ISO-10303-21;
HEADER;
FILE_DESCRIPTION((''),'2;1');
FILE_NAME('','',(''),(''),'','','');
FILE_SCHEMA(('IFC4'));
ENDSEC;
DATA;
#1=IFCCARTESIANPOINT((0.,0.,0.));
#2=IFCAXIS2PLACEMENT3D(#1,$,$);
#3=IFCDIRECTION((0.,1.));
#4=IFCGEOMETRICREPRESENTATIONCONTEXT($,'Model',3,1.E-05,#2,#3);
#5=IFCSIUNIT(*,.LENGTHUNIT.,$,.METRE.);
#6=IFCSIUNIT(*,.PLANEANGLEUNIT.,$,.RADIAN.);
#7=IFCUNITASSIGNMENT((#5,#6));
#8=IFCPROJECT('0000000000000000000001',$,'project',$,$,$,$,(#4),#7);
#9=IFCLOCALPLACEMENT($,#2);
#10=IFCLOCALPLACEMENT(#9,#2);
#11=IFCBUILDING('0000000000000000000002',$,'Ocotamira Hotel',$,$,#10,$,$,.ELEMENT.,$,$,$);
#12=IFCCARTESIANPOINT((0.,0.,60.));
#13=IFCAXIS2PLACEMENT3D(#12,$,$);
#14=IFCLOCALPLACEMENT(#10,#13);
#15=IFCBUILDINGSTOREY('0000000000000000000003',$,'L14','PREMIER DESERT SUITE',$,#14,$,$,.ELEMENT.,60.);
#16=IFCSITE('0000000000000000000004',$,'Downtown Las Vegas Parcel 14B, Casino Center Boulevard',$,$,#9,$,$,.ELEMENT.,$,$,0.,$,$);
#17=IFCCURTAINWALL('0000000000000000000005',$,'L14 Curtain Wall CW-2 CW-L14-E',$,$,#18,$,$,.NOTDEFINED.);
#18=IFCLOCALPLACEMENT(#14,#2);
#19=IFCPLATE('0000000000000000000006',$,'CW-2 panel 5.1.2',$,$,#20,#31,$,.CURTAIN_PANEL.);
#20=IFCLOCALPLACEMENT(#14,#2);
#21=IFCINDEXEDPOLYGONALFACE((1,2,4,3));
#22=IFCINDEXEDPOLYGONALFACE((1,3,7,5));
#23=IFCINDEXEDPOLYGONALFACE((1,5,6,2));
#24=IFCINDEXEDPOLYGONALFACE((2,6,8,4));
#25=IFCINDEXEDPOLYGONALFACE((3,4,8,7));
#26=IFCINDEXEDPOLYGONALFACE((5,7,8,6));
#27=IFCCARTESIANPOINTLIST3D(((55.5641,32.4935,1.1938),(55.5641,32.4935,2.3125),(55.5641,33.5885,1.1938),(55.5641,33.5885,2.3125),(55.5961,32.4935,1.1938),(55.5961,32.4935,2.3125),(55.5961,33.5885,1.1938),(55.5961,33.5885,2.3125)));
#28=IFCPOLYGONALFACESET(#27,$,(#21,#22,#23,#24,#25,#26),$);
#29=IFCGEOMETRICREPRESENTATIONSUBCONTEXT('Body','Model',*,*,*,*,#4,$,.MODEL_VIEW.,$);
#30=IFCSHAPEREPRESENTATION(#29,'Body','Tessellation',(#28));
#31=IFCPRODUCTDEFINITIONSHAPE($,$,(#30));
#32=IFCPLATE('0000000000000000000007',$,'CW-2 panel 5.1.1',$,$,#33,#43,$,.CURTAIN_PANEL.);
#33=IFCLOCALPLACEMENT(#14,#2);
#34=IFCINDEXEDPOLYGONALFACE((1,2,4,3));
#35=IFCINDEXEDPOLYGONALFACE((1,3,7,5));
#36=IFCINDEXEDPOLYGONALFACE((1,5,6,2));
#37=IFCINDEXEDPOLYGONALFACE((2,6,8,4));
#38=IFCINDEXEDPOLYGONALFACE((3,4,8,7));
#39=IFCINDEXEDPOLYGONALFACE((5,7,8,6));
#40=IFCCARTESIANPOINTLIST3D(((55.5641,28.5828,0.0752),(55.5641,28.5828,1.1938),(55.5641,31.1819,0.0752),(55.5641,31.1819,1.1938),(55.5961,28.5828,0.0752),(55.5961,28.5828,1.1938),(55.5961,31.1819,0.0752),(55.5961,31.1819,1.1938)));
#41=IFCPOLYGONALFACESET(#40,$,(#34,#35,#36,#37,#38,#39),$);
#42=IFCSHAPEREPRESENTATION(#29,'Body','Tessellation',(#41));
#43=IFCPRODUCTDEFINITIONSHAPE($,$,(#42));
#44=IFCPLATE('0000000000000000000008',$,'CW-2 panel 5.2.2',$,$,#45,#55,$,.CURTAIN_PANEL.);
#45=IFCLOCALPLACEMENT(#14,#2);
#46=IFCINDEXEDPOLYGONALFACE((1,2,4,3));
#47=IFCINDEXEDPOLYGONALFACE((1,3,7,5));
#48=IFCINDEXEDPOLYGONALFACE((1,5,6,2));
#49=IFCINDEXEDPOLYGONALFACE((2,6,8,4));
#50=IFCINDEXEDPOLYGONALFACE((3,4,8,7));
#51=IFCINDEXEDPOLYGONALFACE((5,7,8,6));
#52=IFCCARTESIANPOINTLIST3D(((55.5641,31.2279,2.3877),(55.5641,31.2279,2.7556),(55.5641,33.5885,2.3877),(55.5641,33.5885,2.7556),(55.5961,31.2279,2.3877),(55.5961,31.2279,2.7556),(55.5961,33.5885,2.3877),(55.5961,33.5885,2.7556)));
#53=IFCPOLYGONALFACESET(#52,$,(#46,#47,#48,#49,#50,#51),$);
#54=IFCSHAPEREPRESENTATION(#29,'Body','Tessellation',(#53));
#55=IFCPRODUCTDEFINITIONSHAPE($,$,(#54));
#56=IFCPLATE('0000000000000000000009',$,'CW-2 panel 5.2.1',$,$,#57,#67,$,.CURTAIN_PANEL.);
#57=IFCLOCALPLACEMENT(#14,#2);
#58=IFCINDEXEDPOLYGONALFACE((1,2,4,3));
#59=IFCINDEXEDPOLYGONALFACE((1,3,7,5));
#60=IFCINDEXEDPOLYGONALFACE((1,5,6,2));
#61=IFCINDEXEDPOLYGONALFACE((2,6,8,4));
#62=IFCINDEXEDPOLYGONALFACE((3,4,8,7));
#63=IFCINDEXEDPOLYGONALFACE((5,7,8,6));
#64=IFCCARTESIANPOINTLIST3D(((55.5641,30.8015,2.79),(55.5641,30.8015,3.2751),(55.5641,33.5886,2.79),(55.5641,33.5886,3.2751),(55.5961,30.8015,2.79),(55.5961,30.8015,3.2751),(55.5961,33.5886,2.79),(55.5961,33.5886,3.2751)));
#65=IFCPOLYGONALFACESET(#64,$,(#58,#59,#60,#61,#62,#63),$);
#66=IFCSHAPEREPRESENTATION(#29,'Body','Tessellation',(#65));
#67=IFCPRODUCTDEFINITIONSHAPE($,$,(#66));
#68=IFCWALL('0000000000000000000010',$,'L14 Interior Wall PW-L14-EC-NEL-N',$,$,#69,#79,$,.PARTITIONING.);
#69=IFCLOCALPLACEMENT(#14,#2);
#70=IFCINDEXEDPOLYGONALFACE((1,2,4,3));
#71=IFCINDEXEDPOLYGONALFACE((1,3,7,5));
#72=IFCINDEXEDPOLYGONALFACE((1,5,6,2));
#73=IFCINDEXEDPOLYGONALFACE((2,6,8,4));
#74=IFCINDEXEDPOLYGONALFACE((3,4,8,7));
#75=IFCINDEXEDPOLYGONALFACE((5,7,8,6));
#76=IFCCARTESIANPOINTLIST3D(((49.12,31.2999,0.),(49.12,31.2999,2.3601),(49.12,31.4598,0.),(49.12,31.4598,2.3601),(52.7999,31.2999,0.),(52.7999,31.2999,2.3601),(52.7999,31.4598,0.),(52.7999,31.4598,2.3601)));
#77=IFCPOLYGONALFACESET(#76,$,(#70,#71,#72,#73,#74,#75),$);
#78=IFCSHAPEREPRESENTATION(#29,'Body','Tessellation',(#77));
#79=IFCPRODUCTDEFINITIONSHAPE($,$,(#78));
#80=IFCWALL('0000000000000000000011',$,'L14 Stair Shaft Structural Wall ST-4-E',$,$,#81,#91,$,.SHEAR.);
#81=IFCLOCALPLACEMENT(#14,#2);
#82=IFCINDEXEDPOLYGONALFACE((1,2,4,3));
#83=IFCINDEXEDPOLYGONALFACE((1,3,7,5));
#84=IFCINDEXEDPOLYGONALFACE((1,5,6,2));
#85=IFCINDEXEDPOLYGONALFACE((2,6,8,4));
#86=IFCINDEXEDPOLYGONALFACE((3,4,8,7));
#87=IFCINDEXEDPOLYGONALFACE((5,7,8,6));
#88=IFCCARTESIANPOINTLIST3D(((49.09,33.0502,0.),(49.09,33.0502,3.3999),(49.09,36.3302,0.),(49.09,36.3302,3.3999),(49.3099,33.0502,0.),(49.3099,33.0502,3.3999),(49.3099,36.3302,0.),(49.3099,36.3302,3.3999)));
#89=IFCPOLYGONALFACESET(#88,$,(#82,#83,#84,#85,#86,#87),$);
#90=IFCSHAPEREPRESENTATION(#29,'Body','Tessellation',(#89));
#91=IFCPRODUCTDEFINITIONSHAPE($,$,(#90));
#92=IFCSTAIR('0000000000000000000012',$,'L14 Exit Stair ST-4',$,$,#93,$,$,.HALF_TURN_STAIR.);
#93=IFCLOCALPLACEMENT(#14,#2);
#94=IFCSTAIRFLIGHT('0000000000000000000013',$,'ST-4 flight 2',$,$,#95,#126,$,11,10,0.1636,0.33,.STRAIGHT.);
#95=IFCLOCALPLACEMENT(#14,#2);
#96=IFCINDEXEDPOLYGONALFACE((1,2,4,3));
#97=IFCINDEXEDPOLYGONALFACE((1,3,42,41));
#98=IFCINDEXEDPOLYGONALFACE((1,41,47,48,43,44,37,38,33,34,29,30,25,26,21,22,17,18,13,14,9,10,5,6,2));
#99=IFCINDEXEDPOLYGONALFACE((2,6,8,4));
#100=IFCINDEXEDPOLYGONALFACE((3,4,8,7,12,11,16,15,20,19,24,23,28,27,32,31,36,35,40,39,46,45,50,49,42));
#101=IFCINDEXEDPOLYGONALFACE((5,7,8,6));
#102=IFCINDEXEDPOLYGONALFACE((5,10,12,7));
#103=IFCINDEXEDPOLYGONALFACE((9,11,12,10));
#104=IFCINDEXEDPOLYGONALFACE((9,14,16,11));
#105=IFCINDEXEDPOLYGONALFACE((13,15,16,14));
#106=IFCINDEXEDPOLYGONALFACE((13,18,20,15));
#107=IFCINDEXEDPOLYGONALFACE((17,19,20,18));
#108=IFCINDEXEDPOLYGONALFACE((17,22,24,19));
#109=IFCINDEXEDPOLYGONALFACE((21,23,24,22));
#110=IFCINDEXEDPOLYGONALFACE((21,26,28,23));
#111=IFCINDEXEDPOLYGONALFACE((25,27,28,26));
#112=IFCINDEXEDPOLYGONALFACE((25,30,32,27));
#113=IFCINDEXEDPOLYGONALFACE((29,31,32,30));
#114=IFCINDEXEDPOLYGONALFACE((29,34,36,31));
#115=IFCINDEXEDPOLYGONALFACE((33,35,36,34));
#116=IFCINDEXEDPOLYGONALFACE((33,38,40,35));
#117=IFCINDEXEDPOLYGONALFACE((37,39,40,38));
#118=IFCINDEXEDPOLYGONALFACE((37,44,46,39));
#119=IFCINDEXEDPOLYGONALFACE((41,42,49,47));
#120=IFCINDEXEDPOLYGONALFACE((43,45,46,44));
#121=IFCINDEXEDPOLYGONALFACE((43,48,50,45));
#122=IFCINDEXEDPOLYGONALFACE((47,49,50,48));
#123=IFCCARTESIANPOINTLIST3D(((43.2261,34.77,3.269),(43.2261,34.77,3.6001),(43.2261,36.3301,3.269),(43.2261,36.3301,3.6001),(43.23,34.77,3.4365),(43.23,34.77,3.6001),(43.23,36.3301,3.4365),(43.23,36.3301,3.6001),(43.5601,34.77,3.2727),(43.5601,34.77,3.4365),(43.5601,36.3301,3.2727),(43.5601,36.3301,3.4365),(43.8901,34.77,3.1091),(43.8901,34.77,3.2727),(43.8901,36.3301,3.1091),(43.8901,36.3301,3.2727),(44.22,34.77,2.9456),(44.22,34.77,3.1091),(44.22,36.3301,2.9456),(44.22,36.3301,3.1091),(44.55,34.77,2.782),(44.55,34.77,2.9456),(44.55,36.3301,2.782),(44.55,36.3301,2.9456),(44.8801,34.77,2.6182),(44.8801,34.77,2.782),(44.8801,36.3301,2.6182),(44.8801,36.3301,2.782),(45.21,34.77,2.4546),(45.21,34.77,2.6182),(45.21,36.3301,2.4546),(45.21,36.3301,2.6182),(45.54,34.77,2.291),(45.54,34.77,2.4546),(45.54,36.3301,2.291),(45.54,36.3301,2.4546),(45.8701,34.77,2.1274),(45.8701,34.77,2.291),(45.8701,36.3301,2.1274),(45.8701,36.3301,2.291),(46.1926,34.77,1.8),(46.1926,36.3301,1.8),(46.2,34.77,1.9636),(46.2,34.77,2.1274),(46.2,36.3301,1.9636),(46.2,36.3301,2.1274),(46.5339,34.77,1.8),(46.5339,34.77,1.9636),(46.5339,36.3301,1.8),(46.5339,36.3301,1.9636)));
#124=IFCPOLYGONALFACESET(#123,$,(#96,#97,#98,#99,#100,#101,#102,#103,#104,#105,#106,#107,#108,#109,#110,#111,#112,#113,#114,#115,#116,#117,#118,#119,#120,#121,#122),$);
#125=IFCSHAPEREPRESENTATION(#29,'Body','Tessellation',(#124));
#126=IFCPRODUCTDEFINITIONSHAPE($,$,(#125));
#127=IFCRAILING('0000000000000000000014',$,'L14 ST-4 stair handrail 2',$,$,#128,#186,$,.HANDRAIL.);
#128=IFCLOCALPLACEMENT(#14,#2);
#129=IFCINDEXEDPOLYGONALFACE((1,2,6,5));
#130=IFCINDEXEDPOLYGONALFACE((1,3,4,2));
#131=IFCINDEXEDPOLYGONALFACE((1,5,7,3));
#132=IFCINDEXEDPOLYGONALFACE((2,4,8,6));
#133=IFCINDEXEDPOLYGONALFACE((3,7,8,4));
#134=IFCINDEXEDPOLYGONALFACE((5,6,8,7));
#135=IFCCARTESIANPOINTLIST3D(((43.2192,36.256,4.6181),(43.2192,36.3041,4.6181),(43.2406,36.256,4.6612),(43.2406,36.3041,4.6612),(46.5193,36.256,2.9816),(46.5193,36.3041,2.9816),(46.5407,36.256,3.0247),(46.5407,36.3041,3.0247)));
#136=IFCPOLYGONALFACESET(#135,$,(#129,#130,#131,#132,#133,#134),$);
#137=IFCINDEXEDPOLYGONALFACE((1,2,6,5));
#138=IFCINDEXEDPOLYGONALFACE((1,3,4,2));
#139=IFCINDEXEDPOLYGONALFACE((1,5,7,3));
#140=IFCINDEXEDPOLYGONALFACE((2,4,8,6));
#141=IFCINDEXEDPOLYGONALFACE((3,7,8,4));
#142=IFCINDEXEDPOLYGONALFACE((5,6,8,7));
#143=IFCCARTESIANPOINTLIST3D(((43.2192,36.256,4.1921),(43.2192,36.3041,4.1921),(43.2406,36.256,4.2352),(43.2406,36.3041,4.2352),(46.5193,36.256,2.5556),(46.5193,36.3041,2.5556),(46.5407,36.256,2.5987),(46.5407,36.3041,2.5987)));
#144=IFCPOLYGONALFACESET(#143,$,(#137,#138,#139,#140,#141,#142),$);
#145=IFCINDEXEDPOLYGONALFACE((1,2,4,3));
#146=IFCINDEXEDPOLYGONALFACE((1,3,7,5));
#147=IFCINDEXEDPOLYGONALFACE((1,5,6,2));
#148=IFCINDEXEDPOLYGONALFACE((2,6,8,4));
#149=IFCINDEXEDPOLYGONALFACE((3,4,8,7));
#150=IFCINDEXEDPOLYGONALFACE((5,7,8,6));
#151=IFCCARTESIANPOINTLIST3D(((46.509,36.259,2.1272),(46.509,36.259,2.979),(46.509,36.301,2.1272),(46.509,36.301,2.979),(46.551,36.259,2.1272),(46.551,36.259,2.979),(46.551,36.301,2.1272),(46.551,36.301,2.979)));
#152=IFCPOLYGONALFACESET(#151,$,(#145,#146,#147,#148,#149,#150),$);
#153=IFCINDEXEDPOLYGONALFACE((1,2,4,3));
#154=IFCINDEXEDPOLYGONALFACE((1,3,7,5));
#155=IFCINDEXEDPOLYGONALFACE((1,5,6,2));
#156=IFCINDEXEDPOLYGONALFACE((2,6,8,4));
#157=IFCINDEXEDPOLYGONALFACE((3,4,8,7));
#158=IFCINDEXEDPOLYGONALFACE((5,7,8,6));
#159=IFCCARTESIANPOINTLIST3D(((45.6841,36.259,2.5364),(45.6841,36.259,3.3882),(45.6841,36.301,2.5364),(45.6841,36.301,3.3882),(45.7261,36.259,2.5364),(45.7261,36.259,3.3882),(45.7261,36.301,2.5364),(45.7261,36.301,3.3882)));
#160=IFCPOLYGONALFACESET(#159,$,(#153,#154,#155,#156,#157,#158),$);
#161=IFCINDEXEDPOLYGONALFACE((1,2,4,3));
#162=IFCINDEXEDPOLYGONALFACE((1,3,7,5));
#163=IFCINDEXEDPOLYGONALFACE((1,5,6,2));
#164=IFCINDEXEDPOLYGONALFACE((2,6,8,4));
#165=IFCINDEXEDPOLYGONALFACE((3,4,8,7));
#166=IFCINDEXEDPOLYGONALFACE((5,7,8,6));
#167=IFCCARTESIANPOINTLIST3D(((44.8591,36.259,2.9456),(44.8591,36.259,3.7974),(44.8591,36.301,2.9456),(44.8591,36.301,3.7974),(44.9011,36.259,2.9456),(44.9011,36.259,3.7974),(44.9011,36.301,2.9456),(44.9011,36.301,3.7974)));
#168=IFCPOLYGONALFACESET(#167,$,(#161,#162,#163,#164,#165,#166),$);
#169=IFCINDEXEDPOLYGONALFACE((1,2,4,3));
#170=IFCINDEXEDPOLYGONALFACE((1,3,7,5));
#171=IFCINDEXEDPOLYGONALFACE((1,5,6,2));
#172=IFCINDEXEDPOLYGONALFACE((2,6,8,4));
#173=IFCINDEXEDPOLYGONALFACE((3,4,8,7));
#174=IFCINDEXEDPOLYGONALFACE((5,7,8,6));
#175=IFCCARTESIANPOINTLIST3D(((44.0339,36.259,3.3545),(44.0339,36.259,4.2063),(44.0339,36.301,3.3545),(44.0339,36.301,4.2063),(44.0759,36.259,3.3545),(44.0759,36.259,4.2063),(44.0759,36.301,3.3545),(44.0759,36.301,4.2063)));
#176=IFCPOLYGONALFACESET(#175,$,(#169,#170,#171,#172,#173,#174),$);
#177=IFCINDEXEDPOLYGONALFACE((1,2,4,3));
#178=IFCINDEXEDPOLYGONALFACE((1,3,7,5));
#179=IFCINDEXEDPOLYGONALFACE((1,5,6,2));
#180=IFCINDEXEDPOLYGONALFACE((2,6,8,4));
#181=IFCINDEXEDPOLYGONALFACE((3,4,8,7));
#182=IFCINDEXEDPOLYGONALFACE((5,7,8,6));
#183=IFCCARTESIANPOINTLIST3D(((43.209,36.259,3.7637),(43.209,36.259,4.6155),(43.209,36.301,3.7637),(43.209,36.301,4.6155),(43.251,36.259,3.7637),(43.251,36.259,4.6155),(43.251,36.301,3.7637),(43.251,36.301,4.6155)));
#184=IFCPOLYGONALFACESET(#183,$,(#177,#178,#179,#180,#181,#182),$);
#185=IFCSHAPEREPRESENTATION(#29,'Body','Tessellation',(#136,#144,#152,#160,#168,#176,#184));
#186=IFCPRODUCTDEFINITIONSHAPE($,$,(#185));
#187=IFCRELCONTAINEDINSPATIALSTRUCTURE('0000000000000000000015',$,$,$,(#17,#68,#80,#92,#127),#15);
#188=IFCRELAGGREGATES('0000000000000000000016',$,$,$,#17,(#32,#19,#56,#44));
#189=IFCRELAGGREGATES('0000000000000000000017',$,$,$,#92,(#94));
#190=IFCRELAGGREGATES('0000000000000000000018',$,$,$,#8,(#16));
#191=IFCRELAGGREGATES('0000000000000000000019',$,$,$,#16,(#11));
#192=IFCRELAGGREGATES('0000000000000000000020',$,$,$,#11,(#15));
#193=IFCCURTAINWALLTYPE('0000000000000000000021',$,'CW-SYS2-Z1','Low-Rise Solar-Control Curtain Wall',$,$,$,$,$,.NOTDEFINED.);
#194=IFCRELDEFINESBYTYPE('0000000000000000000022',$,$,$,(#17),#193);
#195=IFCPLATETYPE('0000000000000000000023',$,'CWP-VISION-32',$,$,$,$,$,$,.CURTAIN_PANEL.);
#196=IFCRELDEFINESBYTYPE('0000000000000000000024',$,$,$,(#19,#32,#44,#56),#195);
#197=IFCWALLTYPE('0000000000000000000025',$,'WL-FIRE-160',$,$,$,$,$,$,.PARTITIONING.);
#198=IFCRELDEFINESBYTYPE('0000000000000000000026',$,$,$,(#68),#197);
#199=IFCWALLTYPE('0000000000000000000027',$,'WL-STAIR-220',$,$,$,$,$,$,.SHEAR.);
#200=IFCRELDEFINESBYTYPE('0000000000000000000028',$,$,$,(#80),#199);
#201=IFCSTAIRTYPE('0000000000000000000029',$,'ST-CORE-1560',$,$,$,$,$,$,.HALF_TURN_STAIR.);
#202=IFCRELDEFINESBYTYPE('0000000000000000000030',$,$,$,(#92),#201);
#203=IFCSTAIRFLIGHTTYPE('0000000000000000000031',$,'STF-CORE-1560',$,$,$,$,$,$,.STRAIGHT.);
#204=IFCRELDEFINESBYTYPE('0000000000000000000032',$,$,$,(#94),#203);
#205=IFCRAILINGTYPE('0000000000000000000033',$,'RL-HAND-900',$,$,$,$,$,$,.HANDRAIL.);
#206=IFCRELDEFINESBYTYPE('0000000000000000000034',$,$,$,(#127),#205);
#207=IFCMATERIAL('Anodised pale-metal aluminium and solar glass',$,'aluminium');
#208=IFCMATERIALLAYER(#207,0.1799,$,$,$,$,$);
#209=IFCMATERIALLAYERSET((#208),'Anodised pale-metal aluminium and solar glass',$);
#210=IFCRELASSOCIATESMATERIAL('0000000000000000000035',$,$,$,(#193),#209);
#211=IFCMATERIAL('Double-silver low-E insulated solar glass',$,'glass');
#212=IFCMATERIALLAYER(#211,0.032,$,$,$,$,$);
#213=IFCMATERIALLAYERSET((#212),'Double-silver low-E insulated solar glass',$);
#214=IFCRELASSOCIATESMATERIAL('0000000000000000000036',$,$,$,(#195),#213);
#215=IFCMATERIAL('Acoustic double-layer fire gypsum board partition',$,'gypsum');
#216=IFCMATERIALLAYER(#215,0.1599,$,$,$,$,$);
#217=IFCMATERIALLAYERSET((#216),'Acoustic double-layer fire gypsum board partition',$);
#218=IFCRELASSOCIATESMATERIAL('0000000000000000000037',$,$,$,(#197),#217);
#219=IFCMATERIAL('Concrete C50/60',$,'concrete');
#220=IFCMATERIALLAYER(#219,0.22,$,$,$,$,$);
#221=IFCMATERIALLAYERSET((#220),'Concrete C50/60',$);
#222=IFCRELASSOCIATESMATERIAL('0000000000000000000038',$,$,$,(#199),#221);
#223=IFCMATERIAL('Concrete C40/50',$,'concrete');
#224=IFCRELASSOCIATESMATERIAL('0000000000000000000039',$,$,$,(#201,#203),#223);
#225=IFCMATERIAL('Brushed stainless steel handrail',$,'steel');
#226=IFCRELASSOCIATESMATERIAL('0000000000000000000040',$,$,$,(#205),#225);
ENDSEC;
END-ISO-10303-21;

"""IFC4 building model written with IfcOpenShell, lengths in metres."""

from ifc_helpers import new_model, si_unit, direction, frame, frame_2d, origin, origin_2d, place, context, subcontext, project, spatial, polyline, rectangle, outline, extrude, source, transform, mapped, material, layer, layer_set, type_object, element, aggregate, save


model = new_model("IFC4")

# Units and contexts
model_context = context("Model", 3, precision=1e-05, world=origin(), true_north=direction((0.0, 1.0)))
body_context = subcontext(model_context, "Body", "Model", "MODEL_VIEW")
ifc_project = project(units=[si_unit("LENGTHUNIT", "METRE"), si_unit("PLANEANGLEUNIT", "RADIAN")], contexts=[model_context])

# Site, building, storey
site_placement = place(None, origin())
site = spatial("IfcSite", under=ifc_project, at=site_placement, Name="Downtown Las Vegas Parcel 14B, Casino Center Boulevard", CompositionType="ELEMENT", RefElevation=0.0)
building_placement = place(site_placement, origin())
building = spatial("IfcBuilding", under=site, at=building_placement, Name="Ocotamira Hotel", CompositionType="ELEMENT")
storey_placement = place(building_placement, frame((0.0, 0.0, 60.0)))
storey = spatial("IfcBuildingStorey", under=building, at=storey_placement, Name="L14", Description="PREMIER DESERT SUITE", CompositionType="ELEMENT", Elevation=60.0)

# Curtain wall
ifc_material_1 = material(Name="Anodised pale-metal aluminium and solar glass", Category="aluminium")
ifc_layer_1 = layer(ifc_material_1, 0.1799)
ifc_layer_set_1 = layer_set([ifc_layer_1], Name="Anodised pale-metal aluminium and solar glass")
curtain_wall_type = type_object("IfcCurtainWallType", Name="CW-SYS2-Z1", Description="Low-Rise Solar-Control Curtain Wall", PredefinedType="NOTDEFINED", material=ifc_layer_set_1)
curtain_wall_placement = place(storey_placement, origin())
curtain_wall = element("IfcCurtainWall", 1, at=curtain_wall_placement, inside=storey, type_object=curtain_wall_type, Name="L14 Curtain Wall CW-2 CW-L14-E", PredefinedType="NOTDEFINED")

# Plates
ifc_material_2 = material(Name="Double-silver low-E insulated solar glass", Category="glass")
ifc_layer_2 = layer(ifc_material_2, 0.032)
ifc_layer_set_2 = layer_set([ifc_layer_2], Name="Double-silver low-E insulated solar glass")
plate_type_1 = type_object("IfcPlateType", Name="CWP-VISION-32", PredefinedType="CURTAIN_PANEL", material=ifc_layer_set_2)
shared_shape_1 = source(origin(), body_context, "Body", "SweptSolid", [
    extrude(rectangle(XDim=1.095, YDim=0.032, at=origin_2d()), origin(), (0.0, 0.0, 1.0), 1.1187),
])
plate_1_placement = place(storey_placement, frame((55.5801, 33.041, 1.1938), z_axis=(0.0, 0.0, 1.0), x_axis=(0.0, 1.0, 0.0)))
plate_1 = element("IfcPlate", 2, at=plate_1_placement, type_object=plate_type_1, Name="CW-2 panel 5.1.2", PredefinedType="CURTAIN_PANEL", context=body_context, shape_type="MappedRepresentation", body=[
    mapped(shared_shape_1, transform((0.0, 0.0, 0.0), scale=1.0)),
])
shared_shape_2 = source(origin(), body_context, "Body", "SweptSolid", [
    extrude(rectangle(XDim=2.5991, YDim=0.032, at=origin_2d()), origin(), (0.0, 0.0, 1.0), 1.1187),
])
plate_2_placement = place(storey_placement, frame((55.5801, 29.8823, 0.0752), z_axis=(0.0, 0.0, 1.0), x_axis=(0.0, 1.0, 0.0)))
plate_2 = element("IfcPlate", 3, at=plate_2_placement, type_object=plate_type_1, Name="CW-2 panel 5.1.1", PredefinedType="CURTAIN_PANEL", context=body_context, shape_type="MappedRepresentation", body=[
    mapped(shared_shape_2, transform((0.0, 0.0, 0.0), scale=1.0)),
])
shared_shape_3 = source(origin(), body_context, "Body", "SweptSolid", [
    extrude(rectangle(XDim=2.3606, YDim=0.032, at=origin_2d()), origin(), (0.0, 0.0, 1.0), 0.3679),
])
plate_3_placement = place(storey_placement, frame((55.5801, 32.4082, 2.3877), z_axis=(0.0, 0.0, 1.0), x_axis=(0.0, 1.0, 0.0)))
plate_3 = element("IfcPlate", 4, at=plate_3_placement, type_object=plate_type_1, Name="CW-2 panel 5.2.2", PredefinedType="CURTAIN_PANEL", context=body_context, shape_type="MappedRepresentation", body=[
    mapped(shared_shape_3, transform((0.0, 0.0, 0.0), scale=1.0)),
])
shared_shape_4 = source(origin(), body_context, "Body", "SweptSolid", [
    extrude(rectangle(XDim=2.7871, YDim=0.032, at=origin_2d()), origin(), (0.0, 0.0, 1.0), 0.4851),
])
plate_4_placement = place(storey_placement, frame((55.5801, 32.1951, 2.79), z_axis=(0.0, 0.0, 1.0), x_axis=(0.0, 1.0, 0.0)))
plate_4 = element("IfcPlate", 5, at=plate_4_placement, type_object=plate_type_1, Name="CW-2 panel 5.2.1", PredefinedType="CURTAIN_PANEL", context=body_context, shape_type="MappedRepresentation", body=[
    mapped(shared_shape_4, transform((0.0, 0.0, 0.0), scale=1.0)),
])
aggregate(curtain_wall, [plate_2, plate_1, plate_4, plate_3])

# Walls
ifc_material_3 = material(Name="Acoustic double-layer fire gypsum board partition", Category="gypsum")
ifc_layer_3 = layer(ifc_material_3, 0.1599)
ifc_layer_set_3 = layer_set([ifc_layer_3], Name="Acoustic double-layer fire gypsum board partition")
wall_type_1 = type_object("IfcWallType", Name="WL-FIRE-160", PredefinedType="PARTITIONING", material=ifc_layer_set_3)
wall_1_placement = place(storey_placement, frame((49.1201, 31.3799, 0.0), z_axis=(0.0, 0.0, 1.0), x_axis=(1.0, 0.0, 0.0)))
element("IfcWall", 6, at=wall_1_placement, inside=storey, type_object=wall_type_1, Name="L14 Interior Wall PW-L14-EC-NEL-N", PredefinedType="PARTITIONING", context=body_context, shape_type="SweptSolid", body=[
    extrude(rectangle(XDim=3.6799, YDim=0.1599, at=frame_2d((1.8398, 0.0))), origin(), (0.0, 0.0, 1.0), 2.3601),
])
ifc_material_4 = material(Name="Concrete C50/60", Category="concrete")
ifc_layer_4 = layer(ifc_material_4, 0.22)
ifc_layer_set_4 = layer_set([ifc_layer_4], Name="Concrete C50/60")
wall_type_2 = type_object("IfcWallType", Name="WL-STAIR-220", PredefinedType="SHEAR", material=ifc_layer_set_4)
wall_2_placement = place(storey_placement, frame((49.2, 33.05, 0.0), z_axis=(0.0, 0.0, 1.0), x_axis=(0.0, 1.0, 0.0)))
element("IfcWall", 7, at=wall_2_placement, inside=storey, type_object=wall_type_2, Name="L14 Stair Shaft Structural Wall ST-4-E", PredefinedType="SHEAR", context=body_context, shape_type="SweptSolid", body=[
    extrude(rectangle(XDim=3.28, YDim=0.22, at=frame_2d((1.6401, 0.0))), origin(), (0.0, 0.0, 1.0), 3.3999),
])

# Stair, stair flight
ifc_material_5 = material(Name="Concrete C40/50", Category="concrete")
stair_type = type_object("IfcStairType", Name="ST-CORE-1560", PredefinedType="HALF_TURN_STAIR", material=ifc_material_5)
stair_placement = place(storey_placement, origin())
stair = element("IfcStair", 8, at=stair_placement, inside=storey, type_object=stair_type, Name="L14 Exit Stair ST-4", PredefinedType="HALF_TURN_STAIR")
stair_flight_type = type_object("IfcStairFlightType", Name="STF-CORE-1560", PredefinedType="STRAIGHT", material=ifc_material_5)
shared_shape_5 = source(origin(), body_context, "Body", "SweptSolid", [
    extrude(outline(polyline([(-0.0039, 0.0), (-0.0039, 0.1636), (0.3301, 0.1636), (0.3301, 0.3274), (0.6599, 0.3274), (0.6599, 0.491), (0.99, 0.491), (0.99, 0.6545), (1.3201, 0.6545), (1.3201, 0.8181), (1.6499, 0.8181), (1.6499, 0.9819), (1.98, 0.9819), (1.98, 1.1455), (2.3101, 1.1455), (2.3101, 1.3091), (2.6399, 1.3091), (2.6399, 1.4727), (2.97, 1.4727), (2.97, 1.6365), (3.3, 1.6365), (3.3, 1.8), (3.304, 1.8), (3.304, 1.469), (0.3374, 0.0), (-0.0039, 0.0)])), frame((0.0, 0.78, 0.0), z_axis=(0.0, -1.0, 0.0), x_axis=(1.0, 0.0, 0.0)), (0.0, 0.0, 1.0), 1.5601),
])
stair_flight_placement = place(storey_placement, frame((46.53, 35.55, 1.8), z_axis=(0.0, 0.0, 1.0), x_axis=(-1.0, 0.0, 0.0)))
stair_flight = element("IfcStairFlight", 9, at=stair_flight_placement, type_object=stair_flight_type, Name="ST-4 flight 2", NumberOfRisers=11, NumberOfTreads=10, PredefinedType="STRAIGHT", RiserHeight=0.1636, TreadLength=0.33, context=body_context, shape_type="MappedRepresentation", body=[
    mapped(shared_shape_5, transform((0.0, 0.0, 0.0), scale=1.0)),
])
aggregate(stair, [stair_flight])

# Railing
ifc_material_6 = material(Name="Brushed stainless steel handrail", Category="steel")
railing_type_1 = type_object("IfcRailingType", Name="RL-HAND-900", PredefinedType="HANDRAIL", material=ifc_material_6)
railing_1_placement = place(storey_placement, frame((46.53, 36.28, 2.1272)))
element("IfcRailing", 10, at=railing_1_placement, inside=storey, type_object=railing_type_1, Name="L14 ST-4 stair handrail 2", PredefinedType="HANDRAIL", context=body_context, shape_type="SweptSolid", body=[
    extrude(rectangle(XDim=0.0481, YDim=0.0481, at=origin_2d()), frame((0.0, 0.0, 0.876), z_axis=(-0.895894, 0.0, 0.444268), x_axis=(0.0, -1.0, 0.0)), (0.0, 0.0, 1.0), 3.6836),
    extrude(rectangle(XDim=0.0481, YDim=0.0481, at=origin_2d()), frame((0.0, 0.0, 0.45), z_axis=(-0.895894, 0.0, 0.444268), x_axis=(0.0, -1.0, 0.0)), (0.0, 0.0, 1.0), 3.6836),
    extrude(rectangle(XDim=0.042, YDim=0.042, at=origin_2d()), origin(), (0.0, 0.0, 1.0), 0.8518),
    extrude(rectangle(XDim=0.042, YDim=0.042, at=origin_2d()), frame((-0.825, 0.0, 0.4092)), (0.0, 0.0, 1.0), 0.8518),
    extrude(rectangle(XDim=0.042, YDim=0.042, at=origin_2d()), frame((-1.6499, 0.0, 0.8184)), (0.0, 0.0, 1.0), 0.8518),
    extrude(rectangle(XDim=0.042, YDim=0.042, at=origin_2d()), frame((-2.4751, 0.0, 1.2273)), (0.0, 0.0, 1.0), 0.8518),
    extrude(rectangle(XDim=0.042, YDim=0.042, at=origin_2d()), frame((-3.3, 0.0, 1.6365)), (0.0, 0.0, 1.0), 0.8518),
])

save(model, "model.ifc")
